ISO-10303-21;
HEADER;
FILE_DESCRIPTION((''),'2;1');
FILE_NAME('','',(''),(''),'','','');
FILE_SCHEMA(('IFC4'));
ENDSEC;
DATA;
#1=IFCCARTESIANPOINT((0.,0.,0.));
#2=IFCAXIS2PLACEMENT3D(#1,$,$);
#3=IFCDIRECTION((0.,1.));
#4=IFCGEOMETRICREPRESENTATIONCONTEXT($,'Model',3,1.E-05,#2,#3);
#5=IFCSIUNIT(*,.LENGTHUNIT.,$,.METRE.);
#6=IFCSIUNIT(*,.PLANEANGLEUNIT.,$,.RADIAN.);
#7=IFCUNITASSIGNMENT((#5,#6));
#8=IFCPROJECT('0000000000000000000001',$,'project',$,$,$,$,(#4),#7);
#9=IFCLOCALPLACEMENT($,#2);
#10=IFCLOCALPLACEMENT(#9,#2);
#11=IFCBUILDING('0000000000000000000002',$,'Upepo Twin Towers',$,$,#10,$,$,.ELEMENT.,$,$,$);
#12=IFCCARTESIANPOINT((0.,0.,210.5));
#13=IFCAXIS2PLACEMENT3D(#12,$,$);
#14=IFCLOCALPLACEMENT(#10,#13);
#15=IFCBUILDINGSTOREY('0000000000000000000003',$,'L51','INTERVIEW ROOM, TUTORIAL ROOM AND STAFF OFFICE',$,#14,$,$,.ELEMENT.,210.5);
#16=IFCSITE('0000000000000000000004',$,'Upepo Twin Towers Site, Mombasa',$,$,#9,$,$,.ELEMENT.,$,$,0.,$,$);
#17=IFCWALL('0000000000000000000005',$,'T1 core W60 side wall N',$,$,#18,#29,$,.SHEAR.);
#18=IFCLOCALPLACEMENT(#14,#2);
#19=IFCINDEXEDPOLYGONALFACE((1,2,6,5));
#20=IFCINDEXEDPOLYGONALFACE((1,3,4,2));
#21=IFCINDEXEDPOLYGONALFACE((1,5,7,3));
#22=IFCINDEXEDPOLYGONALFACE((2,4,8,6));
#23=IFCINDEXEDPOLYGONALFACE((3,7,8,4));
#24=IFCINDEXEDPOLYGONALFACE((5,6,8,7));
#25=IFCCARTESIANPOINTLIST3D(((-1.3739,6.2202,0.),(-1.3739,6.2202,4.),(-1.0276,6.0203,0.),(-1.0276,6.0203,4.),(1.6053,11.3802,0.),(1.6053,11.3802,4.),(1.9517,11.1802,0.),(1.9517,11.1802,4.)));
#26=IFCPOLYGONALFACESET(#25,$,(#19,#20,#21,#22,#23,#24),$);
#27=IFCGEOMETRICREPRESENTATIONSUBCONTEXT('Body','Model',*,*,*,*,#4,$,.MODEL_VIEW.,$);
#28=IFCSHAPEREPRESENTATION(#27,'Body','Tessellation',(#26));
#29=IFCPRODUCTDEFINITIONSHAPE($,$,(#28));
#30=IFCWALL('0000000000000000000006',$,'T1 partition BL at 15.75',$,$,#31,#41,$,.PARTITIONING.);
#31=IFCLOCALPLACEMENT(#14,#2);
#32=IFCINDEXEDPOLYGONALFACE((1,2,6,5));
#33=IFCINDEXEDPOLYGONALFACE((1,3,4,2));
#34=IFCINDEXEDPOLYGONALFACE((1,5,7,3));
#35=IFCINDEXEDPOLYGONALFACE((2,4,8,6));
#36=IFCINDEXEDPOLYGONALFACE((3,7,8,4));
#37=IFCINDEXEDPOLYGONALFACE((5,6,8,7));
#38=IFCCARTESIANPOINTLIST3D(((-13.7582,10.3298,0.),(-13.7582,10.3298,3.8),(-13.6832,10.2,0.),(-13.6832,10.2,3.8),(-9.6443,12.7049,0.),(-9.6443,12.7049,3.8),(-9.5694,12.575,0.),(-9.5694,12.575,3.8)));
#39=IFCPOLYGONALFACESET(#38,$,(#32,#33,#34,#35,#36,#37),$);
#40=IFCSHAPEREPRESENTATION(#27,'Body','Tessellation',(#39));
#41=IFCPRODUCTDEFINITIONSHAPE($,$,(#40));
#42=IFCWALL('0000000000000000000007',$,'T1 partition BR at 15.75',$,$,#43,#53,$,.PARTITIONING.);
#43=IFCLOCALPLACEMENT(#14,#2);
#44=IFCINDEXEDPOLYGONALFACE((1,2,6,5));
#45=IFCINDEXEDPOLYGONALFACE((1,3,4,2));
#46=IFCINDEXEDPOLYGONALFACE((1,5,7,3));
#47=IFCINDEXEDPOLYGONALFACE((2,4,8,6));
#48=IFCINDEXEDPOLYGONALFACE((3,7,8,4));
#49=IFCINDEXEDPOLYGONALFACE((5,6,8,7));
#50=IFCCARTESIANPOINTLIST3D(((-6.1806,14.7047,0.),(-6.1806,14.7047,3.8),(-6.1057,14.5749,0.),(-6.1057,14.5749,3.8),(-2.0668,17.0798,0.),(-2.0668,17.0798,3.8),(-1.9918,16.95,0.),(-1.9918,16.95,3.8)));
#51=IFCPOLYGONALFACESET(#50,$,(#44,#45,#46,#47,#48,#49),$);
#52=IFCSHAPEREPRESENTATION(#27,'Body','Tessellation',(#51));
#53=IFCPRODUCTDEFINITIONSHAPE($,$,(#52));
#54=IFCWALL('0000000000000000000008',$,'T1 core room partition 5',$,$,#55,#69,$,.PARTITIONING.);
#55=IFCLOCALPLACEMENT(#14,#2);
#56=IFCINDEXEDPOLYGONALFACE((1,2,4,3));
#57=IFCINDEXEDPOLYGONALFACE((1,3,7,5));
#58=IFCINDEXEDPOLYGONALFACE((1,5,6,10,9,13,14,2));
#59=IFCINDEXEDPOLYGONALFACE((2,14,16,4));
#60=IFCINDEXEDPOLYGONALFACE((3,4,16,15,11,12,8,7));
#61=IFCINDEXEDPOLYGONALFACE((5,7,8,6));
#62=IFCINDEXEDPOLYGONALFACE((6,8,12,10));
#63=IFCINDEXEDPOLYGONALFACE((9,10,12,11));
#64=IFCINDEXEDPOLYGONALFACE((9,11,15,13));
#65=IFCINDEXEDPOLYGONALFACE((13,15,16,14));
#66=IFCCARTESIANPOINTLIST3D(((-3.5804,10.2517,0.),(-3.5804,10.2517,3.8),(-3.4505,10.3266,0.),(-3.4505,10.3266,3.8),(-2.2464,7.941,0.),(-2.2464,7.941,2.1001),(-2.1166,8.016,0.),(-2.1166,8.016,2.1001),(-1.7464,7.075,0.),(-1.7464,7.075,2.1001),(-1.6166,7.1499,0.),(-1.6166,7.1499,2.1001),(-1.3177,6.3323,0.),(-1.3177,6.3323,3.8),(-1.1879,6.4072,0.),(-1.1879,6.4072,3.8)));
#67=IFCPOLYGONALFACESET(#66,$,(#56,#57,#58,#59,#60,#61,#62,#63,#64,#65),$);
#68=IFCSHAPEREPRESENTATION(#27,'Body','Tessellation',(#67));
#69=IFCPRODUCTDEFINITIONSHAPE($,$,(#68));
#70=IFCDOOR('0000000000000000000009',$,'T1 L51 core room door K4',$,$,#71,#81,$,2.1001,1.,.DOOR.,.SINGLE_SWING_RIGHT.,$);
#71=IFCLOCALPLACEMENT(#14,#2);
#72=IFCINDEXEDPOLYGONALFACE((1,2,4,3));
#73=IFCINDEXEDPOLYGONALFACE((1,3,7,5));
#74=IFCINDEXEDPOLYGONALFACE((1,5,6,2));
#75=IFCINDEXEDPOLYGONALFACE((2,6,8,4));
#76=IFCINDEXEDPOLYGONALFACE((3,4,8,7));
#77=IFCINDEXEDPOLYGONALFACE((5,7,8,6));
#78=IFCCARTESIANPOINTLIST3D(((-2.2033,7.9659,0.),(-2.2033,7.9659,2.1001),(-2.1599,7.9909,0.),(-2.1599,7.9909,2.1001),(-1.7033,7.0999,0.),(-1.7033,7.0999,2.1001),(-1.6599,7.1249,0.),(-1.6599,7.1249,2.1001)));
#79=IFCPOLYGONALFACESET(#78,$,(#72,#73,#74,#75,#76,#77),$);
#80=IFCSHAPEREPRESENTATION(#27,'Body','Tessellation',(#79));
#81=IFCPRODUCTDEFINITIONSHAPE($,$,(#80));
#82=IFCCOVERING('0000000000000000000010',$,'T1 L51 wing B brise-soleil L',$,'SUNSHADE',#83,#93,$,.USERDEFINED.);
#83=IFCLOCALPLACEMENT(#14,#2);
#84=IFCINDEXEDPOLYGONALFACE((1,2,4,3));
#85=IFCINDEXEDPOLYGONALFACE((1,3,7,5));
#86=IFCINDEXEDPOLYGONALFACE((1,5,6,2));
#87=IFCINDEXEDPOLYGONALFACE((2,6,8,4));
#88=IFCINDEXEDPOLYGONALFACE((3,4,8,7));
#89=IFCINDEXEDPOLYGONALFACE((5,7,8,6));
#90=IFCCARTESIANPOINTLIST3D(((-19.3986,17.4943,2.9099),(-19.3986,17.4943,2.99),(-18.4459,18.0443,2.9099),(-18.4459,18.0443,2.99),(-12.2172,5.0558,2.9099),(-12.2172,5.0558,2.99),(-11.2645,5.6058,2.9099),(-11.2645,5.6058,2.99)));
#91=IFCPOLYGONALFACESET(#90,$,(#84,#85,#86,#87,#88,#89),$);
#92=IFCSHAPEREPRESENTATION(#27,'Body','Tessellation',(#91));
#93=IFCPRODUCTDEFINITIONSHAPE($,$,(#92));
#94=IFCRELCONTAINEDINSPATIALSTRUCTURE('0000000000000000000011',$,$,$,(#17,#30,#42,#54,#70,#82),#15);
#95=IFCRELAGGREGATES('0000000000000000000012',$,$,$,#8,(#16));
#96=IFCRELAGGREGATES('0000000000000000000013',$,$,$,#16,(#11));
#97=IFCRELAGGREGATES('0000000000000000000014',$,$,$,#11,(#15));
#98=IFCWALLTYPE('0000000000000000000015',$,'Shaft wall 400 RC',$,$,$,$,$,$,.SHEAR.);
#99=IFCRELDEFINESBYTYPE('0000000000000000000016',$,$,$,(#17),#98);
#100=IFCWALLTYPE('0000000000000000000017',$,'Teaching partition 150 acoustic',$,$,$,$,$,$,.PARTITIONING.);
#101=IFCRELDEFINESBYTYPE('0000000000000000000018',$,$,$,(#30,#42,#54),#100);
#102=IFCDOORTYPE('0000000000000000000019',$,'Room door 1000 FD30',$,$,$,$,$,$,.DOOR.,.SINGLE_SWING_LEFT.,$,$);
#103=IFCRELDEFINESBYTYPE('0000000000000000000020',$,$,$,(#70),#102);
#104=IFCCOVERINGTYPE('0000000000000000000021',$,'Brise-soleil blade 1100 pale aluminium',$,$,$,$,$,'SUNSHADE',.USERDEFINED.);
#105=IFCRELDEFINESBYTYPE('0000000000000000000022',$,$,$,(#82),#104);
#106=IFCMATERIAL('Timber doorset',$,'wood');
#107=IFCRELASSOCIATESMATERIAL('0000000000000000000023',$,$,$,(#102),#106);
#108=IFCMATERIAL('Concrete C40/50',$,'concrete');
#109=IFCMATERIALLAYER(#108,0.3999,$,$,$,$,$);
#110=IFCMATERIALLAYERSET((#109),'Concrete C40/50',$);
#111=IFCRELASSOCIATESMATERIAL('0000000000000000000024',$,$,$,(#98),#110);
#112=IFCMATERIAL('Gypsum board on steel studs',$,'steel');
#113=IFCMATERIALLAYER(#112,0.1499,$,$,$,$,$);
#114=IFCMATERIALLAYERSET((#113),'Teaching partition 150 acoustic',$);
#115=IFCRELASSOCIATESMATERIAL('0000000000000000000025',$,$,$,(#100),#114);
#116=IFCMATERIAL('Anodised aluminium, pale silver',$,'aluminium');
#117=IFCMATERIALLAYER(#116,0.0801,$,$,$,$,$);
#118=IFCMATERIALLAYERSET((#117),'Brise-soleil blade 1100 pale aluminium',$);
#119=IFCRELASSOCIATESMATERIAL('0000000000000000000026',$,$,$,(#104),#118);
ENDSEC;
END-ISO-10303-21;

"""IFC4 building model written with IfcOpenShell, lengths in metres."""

from ifc_helpers import new_model, si_unit, direction, frame, frame_2d, origin, origin_2d, place, context, subcontext, project, spatial, rectangle, extrude, material, layer, layer_set, type_object, element, fill, save


model = new_model("IFC4")

# Units and contexts
model_context = context("Model", 3, precision=1e-05, world=origin(), true_north=direction((0.0, 1.0)))
body_context = subcontext(model_context, "Body", "Model", "MODEL_VIEW")
ifc_project = project(units=[si_unit("LENGTHUNIT", "METRE"), si_unit("PLANEANGLEUNIT", "RADIAN")], contexts=[model_context])

# Site, building, storey
site_placement = place(None, origin())
site = spatial("IfcSite", under=ifc_project, at=site_placement, Name="Upepo Twin Towers Site, Mombasa", CompositionType="ELEMENT", RefElevation=0.0)
building_placement = place(site_placement, origin())
building = spatial("IfcBuilding", under=site, at=building_placement, Name="Upepo Twin Towers", CompositionType="ELEMENT")
storey_placement = place(building_placement, frame((0.0, 0.0, 210.5)))
storey = spatial("IfcBuildingStorey", under=building, at=storey_placement, Name="L51", Description="INTERVIEW ROOM, TUTORIAL ROOM AND STAFF OFFICE", CompositionType="ELEMENT", Elevation=210.5)

# Shared definitions
ifc_material_1 = material(Name="Timber doorset", Category="wood")
door_type_1 = type_object("IfcDoorType", Name="Room door 1000 FD30", OperationType="SINGLE_SWING_LEFT", PredefinedType="DOOR", material=ifc_material_1)

# Walls
ifc_material_2 = material(Name="Concrete C40/50", Category="concrete")
ifc_layer_1 = layer(ifc_material_2, 0.3999)
ifc_layer_set_1 = layer_set([ifc_layer_1], Name="Concrete C40/50")
wall_type_1 = type_object("IfcWallType", Name="Shaft wall 400 RC", PredefinedType="SHEAR", material=ifc_layer_set_1)
wall_1_placement = place(storey_placement, frame((-1.2007, 6.1204, 0.0), z_axis=(0.0, 0.0, 1.0), x_axis=(0.500022, 0.866013, 0.0)))
element("IfcWall", 1, at=wall_1_placement, inside=storey, type_object=wall_type_1, Name="T1 core W60 side wall N", PredefinedType="SHEAR", context=body_context, shape_type="SweptSolid", body=[
    extrude(rectangle(XDim=5.9583, YDim=0.3999, at=frame_2d((2.979, 0.0))), origin(), (0.0, 0.0, 1.0), 4.0),
])
ifc_material_3 = material(Name="Gypsum board on steel studs", Category="steel")
ifc_layer_2 = layer(ifc_material_3, 0.1499)
ifc_layer_set_2 = layer_set([ifc_layer_2], Name="Teaching partition 150 acoustic")
wall_type_2 = type_object("IfcWallType", Name="Teaching partition 150 acoustic", PredefinedType="PARTITIONING", material=ifc_layer_set_2)
for number, where, z_axis, x_axis, name in (
    (2, (-9.6069, 12.6399, 0.0), (0.0, 0.0, 1.0), (-0.866033, -0.499986, 0.0), "T1 partition BL at 15.75"),
    (3, (-6.1431, 14.6399, 0.0), (0.0, 0.0, 1.0), (0.866033, 0.499986, 0.0), "T1 partition BR at 15.75"),
):
    element("IfcWall", number, at=place(storey_placement, frame(where, z_axis=z_axis, x_axis=x_axis)), inside=storey, type_object=wall_type_2, Name=name, PredefinedType="PARTITIONING", context=body_context, shape_type="SweptSolid", body=[
        extrude(rectangle(XDim=4.7502, YDim=0.1499, at=frame_2d((2.375, 0.0))), origin(), (0.0, 0.0, 1.0), 3.8),
    ])

# Wall, opening, door
wall_2_placement = place(storey_placement, frame((-3.5154, 10.2891, 0.0), z_axis=(0.0, 0.0, 1.0), x_axis=(0.499968, -0.866044, 0.0)))
wall_2 = element("IfcWall", 4, at=wall_2_placement, inside=storey, type_object=wall_type_2, Name="T1 core room partition 5", PredefinedType="PARTITIONING", context=body_context, shape_type="SweptSolid", body=[
    extrude(rectangle(XDim=4.5256, YDim=0.1499, at=frame_2d((2.2627, 0.0))), origin(), (0.0, 0.0, 1.0), 3.8),
])
opening_1_placement = place(wall_2_placement, frame((2.668, 0.0, 0.0)))
opening_1 = element("IfcOpeningElement", 5, at=opening_1_placement, cuts=wall_2, PredefinedType="OPENING", context=body_context, shape_type="SweptSolid", body=[
    extrude(rectangle(XDim=1.0, YDim=2.1001, at=frame_2d((0.5, 1.05))), frame((0.0, 0.085, 0.0), z_axis=(0.0, -1.0, 0.0), x_axis=(1.0, 0.0, 0.0)), (0.0, 0.0, 1.0), 0.1699),
])
door_1_placement = place(opening_1_placement, origin())
door_1 = element("IfcDoor", 6, at=door_1_placement, inside=storey, type_object=door_type_1, Name="T1 L51 core room door K4", OperationType="SINGLE_SWING_RIGHT", OverallHeight=2.1001, OverallWidth=1.0, PredefinedType="DOOR", context=body_context, shape_type="SweptSolid", body=[
    extrude(rectangle(XDim=1.0, YDim=2.1001, at=frame_2d((0.5, 1.05))), frame((0.0, 0.0249, 0.0), z_axis=(0.0, -1.0, 0.0), x_axis=(1.0, 0.0, 0.0)), (0.0, 0.0, 1.0), 0.05),
])
fill(opening_1, door_1)

# Covering
ifc_material_4 = material(Name="Anodised aluminium, pale silver", Category="aluminium")
ifc_layer_3 = layer(ifc_material_4, 0.0801)
ifc_layer_set_3 = layer_set([ifc_layer_3], Name="Brise-soleil blade 1100 pale aluminium")
covering_type = type_object("IfcCoveringType", Name="Brise-soleil blade 1100 pale aluminium", ElementType="SUNSHADE", PredefinedType="USERDEFINED", material=ifc_layer_set_3)
covering_placement = place(storey_placement, frame((-15.3315, 11.55, 2.9099), z_axis=(0.0, 0.0, 1.0), x_axis=(-0.5, 0.866025, 0.0)))
element("IfcCovering", 7, at=covering_placement, inside=storey, type_object=covering_type, Name="T1 L51 wing B brise-soleil L", ObjectType="SUNSHADE", PredefinedType="USERDEFINED", context=body_context, shape_type="SweptSolid", body=[
    extrude(rectangle(XDim=14.3628, YDim=1.1001, at=origin_2d()), origin(), (0.0, 0.0, 1.0), 0.0801),
])

save(model, "model.ifc")
